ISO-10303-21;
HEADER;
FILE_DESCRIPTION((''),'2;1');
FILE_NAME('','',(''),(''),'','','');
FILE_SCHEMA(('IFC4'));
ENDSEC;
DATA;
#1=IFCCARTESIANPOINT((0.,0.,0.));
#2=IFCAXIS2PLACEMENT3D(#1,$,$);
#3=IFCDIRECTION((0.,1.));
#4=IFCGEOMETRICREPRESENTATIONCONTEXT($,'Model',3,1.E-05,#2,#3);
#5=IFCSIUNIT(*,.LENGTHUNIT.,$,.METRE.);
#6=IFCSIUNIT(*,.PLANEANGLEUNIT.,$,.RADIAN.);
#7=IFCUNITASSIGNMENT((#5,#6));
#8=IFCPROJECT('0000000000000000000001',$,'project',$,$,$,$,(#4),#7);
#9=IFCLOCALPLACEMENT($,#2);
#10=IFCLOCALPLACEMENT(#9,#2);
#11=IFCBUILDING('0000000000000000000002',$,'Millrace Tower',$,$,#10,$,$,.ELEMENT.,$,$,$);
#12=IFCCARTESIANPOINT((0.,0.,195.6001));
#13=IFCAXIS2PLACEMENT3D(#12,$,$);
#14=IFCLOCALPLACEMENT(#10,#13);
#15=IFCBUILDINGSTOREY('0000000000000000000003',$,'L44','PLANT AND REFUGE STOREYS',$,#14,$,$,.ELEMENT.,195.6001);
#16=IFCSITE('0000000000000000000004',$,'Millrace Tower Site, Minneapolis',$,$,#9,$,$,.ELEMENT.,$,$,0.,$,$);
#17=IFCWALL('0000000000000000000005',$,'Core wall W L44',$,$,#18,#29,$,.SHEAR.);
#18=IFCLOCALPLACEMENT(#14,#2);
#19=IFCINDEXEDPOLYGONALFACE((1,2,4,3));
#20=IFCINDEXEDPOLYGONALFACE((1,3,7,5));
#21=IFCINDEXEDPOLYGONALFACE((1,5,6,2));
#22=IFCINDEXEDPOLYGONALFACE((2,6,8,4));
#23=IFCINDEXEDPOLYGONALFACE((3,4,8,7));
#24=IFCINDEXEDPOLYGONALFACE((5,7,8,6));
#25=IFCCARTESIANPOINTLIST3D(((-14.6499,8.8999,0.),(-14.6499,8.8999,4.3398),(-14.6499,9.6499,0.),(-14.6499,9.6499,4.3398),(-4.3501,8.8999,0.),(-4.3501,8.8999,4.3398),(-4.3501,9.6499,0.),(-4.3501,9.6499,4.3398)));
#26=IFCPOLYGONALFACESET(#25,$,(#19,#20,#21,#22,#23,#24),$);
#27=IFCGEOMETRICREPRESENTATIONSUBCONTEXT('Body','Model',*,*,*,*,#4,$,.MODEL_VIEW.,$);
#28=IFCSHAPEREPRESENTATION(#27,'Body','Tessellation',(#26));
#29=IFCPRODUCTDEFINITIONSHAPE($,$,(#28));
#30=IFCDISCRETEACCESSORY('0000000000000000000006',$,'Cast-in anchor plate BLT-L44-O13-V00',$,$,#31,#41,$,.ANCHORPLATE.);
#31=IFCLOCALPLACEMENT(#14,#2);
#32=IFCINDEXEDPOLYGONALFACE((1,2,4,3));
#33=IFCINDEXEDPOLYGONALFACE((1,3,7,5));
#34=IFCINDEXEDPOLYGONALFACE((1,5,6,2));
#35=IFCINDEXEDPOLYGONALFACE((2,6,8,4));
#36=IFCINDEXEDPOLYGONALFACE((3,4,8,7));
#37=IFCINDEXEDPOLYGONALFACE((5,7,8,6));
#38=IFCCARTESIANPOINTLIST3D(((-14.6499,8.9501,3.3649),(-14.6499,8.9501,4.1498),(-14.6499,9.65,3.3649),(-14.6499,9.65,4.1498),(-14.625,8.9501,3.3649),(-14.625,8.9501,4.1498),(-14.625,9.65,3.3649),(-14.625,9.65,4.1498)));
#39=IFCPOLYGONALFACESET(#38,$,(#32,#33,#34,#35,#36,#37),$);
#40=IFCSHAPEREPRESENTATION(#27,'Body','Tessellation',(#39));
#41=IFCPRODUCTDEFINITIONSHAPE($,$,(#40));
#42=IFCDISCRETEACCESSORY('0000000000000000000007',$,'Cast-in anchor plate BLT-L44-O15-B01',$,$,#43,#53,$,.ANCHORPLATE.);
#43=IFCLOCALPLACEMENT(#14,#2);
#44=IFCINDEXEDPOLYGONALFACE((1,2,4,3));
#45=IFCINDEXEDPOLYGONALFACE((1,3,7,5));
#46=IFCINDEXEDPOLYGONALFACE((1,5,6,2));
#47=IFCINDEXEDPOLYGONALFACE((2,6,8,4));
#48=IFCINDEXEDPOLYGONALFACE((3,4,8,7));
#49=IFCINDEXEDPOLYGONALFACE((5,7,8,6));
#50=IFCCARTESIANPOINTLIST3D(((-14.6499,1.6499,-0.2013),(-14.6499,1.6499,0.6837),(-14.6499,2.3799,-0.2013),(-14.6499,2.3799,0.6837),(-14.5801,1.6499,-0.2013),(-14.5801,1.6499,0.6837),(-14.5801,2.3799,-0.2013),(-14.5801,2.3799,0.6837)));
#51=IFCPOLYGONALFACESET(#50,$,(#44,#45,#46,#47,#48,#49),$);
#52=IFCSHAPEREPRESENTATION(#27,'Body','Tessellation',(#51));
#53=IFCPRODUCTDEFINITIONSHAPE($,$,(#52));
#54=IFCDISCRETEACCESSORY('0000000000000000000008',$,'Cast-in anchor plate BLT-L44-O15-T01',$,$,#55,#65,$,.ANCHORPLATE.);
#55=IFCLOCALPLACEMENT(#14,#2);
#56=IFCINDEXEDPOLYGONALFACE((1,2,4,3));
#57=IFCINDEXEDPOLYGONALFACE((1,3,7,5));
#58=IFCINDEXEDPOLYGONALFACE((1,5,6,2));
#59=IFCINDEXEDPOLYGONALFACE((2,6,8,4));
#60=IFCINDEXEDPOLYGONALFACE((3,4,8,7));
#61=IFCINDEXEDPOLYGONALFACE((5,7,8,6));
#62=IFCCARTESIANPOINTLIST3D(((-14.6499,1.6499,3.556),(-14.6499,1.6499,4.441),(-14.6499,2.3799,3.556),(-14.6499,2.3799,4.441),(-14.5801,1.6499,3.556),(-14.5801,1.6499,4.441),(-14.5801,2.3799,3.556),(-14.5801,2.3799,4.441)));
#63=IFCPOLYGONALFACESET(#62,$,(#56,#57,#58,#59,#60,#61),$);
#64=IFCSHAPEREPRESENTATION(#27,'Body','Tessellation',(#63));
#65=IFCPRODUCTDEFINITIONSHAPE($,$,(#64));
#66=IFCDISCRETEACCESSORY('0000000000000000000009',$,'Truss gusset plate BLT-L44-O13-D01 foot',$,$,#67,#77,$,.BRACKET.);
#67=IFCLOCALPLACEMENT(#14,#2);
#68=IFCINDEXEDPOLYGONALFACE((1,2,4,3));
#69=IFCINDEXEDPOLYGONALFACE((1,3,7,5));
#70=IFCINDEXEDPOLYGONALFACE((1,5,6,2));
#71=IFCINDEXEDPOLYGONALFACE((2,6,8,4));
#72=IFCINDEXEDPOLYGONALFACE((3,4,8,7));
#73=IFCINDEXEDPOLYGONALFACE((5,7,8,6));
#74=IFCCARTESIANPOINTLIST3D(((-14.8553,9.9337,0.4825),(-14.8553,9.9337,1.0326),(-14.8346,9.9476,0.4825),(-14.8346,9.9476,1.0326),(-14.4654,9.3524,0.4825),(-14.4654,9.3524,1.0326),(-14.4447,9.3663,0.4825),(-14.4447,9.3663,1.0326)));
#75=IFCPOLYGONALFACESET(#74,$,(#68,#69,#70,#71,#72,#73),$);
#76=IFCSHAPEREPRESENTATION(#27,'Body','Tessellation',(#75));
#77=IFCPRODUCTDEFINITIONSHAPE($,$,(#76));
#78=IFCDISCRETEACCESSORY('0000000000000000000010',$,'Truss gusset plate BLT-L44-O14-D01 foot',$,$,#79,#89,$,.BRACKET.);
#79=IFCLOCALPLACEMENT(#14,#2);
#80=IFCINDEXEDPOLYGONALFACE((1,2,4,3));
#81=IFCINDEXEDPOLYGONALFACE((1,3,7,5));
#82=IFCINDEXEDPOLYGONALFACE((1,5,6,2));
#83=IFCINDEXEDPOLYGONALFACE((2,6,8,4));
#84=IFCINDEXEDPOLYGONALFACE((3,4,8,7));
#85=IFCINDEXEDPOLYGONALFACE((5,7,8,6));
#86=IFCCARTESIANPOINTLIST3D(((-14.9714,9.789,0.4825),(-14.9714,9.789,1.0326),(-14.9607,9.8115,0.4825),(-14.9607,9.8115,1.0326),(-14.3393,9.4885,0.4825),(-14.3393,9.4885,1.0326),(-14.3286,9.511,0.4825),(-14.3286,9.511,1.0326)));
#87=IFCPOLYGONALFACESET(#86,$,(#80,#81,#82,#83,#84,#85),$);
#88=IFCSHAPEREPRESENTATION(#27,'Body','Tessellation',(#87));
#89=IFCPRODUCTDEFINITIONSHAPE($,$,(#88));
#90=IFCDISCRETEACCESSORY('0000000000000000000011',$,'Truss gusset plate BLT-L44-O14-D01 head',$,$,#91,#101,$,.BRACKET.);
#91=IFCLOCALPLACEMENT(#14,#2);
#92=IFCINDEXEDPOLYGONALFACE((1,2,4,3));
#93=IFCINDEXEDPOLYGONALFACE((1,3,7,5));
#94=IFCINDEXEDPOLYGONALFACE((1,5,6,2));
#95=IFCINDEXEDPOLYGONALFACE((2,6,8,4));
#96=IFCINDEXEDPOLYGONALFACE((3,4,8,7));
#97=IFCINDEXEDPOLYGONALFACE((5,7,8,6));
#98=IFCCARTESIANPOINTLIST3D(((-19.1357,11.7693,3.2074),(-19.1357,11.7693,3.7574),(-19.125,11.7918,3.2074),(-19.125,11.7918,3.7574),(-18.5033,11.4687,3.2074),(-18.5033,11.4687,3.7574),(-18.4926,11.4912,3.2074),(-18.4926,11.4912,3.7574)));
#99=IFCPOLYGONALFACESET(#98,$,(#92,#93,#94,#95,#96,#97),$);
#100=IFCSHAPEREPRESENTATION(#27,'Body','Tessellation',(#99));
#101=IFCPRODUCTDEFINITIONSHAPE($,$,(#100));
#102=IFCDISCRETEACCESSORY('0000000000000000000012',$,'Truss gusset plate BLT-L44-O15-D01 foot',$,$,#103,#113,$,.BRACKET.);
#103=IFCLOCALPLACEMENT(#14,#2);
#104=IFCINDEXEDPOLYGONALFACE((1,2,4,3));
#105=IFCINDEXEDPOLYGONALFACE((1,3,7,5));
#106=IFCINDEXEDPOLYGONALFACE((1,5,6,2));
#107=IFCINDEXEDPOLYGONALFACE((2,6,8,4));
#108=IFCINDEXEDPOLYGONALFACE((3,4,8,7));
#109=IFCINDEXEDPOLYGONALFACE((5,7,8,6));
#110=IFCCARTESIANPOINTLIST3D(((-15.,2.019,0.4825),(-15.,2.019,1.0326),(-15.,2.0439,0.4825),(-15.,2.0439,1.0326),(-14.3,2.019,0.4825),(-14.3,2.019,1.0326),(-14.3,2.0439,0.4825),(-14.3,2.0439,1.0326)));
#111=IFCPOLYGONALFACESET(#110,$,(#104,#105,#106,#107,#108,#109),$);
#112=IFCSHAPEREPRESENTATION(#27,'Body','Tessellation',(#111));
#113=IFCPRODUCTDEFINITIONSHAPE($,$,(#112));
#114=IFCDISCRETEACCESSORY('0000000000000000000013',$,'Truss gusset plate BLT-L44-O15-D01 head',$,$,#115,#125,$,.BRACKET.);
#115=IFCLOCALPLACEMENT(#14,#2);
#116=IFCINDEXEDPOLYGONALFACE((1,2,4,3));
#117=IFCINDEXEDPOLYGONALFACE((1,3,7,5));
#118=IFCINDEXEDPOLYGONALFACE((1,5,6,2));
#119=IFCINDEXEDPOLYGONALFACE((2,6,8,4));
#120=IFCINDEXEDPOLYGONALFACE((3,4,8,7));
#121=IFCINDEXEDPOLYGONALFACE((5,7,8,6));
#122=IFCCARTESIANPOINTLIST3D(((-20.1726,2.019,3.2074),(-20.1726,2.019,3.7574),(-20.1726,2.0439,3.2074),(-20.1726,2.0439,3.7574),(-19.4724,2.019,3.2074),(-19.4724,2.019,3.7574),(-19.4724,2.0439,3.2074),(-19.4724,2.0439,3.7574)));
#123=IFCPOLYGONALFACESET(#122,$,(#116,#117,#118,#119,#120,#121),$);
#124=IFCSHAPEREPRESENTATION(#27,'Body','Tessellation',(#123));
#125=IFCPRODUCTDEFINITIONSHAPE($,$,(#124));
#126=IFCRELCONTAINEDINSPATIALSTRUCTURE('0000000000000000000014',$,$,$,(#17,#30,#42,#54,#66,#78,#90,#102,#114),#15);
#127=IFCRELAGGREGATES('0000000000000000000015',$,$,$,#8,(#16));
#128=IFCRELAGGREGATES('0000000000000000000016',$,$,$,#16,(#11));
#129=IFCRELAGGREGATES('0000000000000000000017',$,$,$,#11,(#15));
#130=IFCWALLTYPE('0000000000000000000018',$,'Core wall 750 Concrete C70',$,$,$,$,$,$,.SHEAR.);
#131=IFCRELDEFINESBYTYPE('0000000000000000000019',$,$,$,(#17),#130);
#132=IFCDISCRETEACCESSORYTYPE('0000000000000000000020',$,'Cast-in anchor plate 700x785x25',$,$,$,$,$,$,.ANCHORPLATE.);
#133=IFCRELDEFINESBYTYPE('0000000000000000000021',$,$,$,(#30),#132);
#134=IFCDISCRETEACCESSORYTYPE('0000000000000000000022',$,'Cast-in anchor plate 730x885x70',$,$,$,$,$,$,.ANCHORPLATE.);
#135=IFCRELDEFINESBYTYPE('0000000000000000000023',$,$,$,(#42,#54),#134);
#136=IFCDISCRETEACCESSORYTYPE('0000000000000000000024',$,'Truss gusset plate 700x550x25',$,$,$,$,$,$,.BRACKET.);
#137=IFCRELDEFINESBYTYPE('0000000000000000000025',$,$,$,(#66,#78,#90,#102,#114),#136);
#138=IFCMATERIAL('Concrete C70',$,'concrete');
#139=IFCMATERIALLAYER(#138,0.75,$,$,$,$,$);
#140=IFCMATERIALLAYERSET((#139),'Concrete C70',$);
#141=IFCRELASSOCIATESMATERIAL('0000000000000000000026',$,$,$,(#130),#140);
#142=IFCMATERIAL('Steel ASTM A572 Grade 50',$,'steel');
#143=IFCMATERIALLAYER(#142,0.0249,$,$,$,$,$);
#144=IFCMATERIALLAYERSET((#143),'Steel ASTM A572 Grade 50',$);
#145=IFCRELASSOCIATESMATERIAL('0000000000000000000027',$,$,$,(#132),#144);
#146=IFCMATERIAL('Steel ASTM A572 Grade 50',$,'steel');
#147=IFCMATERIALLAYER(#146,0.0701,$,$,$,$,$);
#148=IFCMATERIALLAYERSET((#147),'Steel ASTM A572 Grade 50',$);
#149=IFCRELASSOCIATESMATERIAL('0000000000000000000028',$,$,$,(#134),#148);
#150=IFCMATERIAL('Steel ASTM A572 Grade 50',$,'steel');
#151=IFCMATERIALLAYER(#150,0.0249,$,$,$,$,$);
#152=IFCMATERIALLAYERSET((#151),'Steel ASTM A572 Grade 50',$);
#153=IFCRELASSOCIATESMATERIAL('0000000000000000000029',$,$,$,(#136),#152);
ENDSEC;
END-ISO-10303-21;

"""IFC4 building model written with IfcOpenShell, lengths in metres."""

from ifc_helpers import new_model, si_unit, direction, frame, frame_2d, origin, origin_2d, place, context, subcontext, project, spatial, rectangle, extrude, material, layer, layer_set, type_object, element, save


model = new_model("IFC4")

# Units and contexts
model_context = context("Model", 3, precision=1e-05, world=origin(), true_north=direction((0.0, 1.0)))
body_context = subcontext(model_context, "Body", "Model", "MODEL_VIEW")
ifc_project = project(units=[si_unit("LENGTHUNIT", "METRE"), si_unit("PLANEANGLEUNIT", "RADIAN")], contexts=[model_context])

# Site, building, storey
site_placement = place(None, origin())
site = spatial("IfcSite", under=ifc_project, at=site_placement, Name="Millrace Tower Site, Minneapolis", CompositionType="ELEMENT", RefElevation=0.0)
building_placement = place(site_placement, origin())
building = spatial("IfcBuilding", under=site, at=building_placement, Name="Millrace Tower", CompositionType="ELEMENT")
storey_placement = place(building_placement, frame((0.0, 0.0, 195.6001)))
storey = spatial("IfcBuildingStorey", under=building, at=storey_placement, Name="L44", Description="PLANT AND REFUGE STOREYS", CompositionType="ELEMENT", Elevation=195.6001)

# Wall
ifc_material_1 = material(Name="Concrete C70", Category="concrete")
ifc_layer_1 = layer(ifc_material_1, 0.75)
ifc_layer_set_1 = layer_set([ifc_layer_1], Name="Concrete C70")
wall_type = type_object("IfcWallType", Name="Core wall 750 Concrete C70", PredefinedType="SHEAR", material=ifc_layer_set_1)
wall_placement = place(storey_placement, frame((-14.6499, 9.2749, 0.0), z_axis=(0.0, 0.0, 1.0), x_axis=(1.0, 0.0, 0.0)))
element("IfcWall", 1, at=wall_placement, inside=storey, type_object=wall_type, Name="Core wall W L44", PredefinedType="SHEAR", context=body_context, shape_type="SweptSolid", body=[
    extrude(rectangle(XDim=10.2998, YDim=0.75, at=frame_2d((5.1499, 0.0))), origin(), (0.0, 0.0, 1.0), 4.3398),
])

# Discrete accessories
ifc_material_2 = material(Name="Steel ASTM A572 Grade 50", Category="steel")
ifc_layer_2 = layer(ifc_material_2, 0.0249)
ifc_layer_set_2 = layer_set([ifc_layer_2], Name="Steel ASTM A572 Grade 50")
discrete_accessory_type_1 = type_object("IfcDiscreteAccessoryType", Name="Cast-in anchor plate 700x785x25", PredefinedType="ANCHORPLATE", material=ifc_layer_set_2)
discrete_accessory_1_placement = place(storey_placement, frame((-14.625, 9.3, 3.7573), z_axis=(-1.0, 0.0, 0.0), x_axis=(0.0, -1.0, 0.0)))
element("IfcDiscreteAccessory", 2, at=discrete_accessory_1_placement, inside=storey, type_object=discrete_accessory_type_1, Name="Cast-in anchor plate BLT-L44-O13-V00", PredefinedType="ANCHORPLATE", context=body_context, shape_type="SweptSolid", body=[
    extrude(rectangle(XDim=0.7, YDim=0.7849, at=origin_2d()), origin(), (0.0, 0.0, 1.0), 0.0249),
])
ifc_material_3 = material(Name="Steel ASTM A572 Grade 50", Category="steel")
ifc_layer_3 = layer(ifc_material_3, 0.0701)
ifc_layer_set_3 = layer_set([ifc_layer_3], Name="Steel ASTM A572 Grade 50")
discrete_accessory_type_2 = type_object("IfcDiscreteAccessoryType", Name="Cast-in anchor plate 730x885x70", PredefinedType="ANCHORPLATE", material=ifc_layer_set_3)
for number, where, z_axis, x_axis, name in (
    (3, (-14.5801, 2.0149, 0.2412), (-1.0, 0.0, 0.0), (0.0, -1.0, 0.0), "Cast-in anchor plate BLT-L44-O15-B01"),
    (4, (-14.5801, 2.0149, 3.9985), (-1.0, 0.0, 0.0), (0.0, -1.0, 0.0), "Cast-in anchor plate BLT-L44-O15-T01"),
):
    element("IfcDiscreteAccessory", number, at=place(storey_placement, frame(where, z_axis=z_axis, x_axis=x_axis)), inside=storey, type_object=discrete_accessory_type_2, Name=name, PredefinedType="ANCHORPLATE", context=body_context, shape_type="SweptSolid", body=[
        extrude(rectangle(XDim=0.73, YDim=0.885, at=origin_2d()), origin(), (0.0, 0.0, 1.0), 0.0698),
    ])
ifc_material_4 = material(Name="Steel ASTM A572 Grade 50", Category="steel")
ifc_layer_4 = layer(ifc_material_4, 0.0249)
ifc_layer_set_4 = layer_set([ifc_layer_4], Name="Steel ASTM A572 Grade 50")
discrete_accessory_type_3 = type_object("IfcDiscreteAccessoryType", Name="Truss gusset plate 700x550x25", PredefinedType="BRACKET", material=ifc_layer_set_4)
for number, where, z_axis, x_axis, name in (
    (5, (-14.845, 9.9407, 0.7576), (0.557032, -0.830491, 0.0), (0.830491, 0.557032, 0.0), "Truss gusset plate BLT-L44-O13-D01 foot"),
    (6, (-14.9661, 9.8003, 0.7576), (0.903112, -0.429405, 0.0), (0.429405, 0.903112, 0.0), "Truss gusset plate BLT-L44-O14-D01 foot"),
):
    element("IfcDiscreteAccessory", number, at=place(storey_placement, frame(where, z_axis=z_axis, x_axis=x_axis)), inside=storey, type_object=discrete_accessory_type_3, Name=name, PredefinedType="BRACKET", context=body_context, shape_type="SweptSolid", body=[
        extrude(rectangle(XDim=0.0249, YDim=0.55, at=origin_2d()), origin(), (0.0, 0.0, 1.0), 0.7),
    ])
discrete_accessory_2_placement = place(storey_placement, frame((-19.1304, 11.7805, 3.4824), z_axis=(0.903176, -0.42927, 0.0), x_axis=(0.42927, 0.903176, 0.0)))
element("IfcDiscreteAccessory", 7, at=discrete_accessory_2_placement, inside=storey, type_object=discrete_accessory_type_3, Name="Truss gusset plate BLT-L44-O14-D01 head", PredefinedType="BRACKET", context=body_context, shape_type="SweptSolid", body=[
    extrude(rectangle(XDim=0.0249, YDim=0.55, at=origin_2d()), origin(), (0.0, 0.0, 1.0), 0.7002),
])
discrete_accessory_3_placement = place(storey_placement, frame((-15.0, 2.0315, 0.7576), z_axis=(1.0, 0.0, 0.0), x_axis=(0.0, 1.0, 0.0)))
element("IfcDiscreteAccessory", 8, at=discrete_accessory_3_placement, inside=storey, type_object=discrete_accessory_type_3, Name="Truss gusset plate BLT-L44-O15-D01 foot", PredefinedType="BRACKET", context=body_context, shape_type="SweptSolid", body=[
    extrude(rectangle(XDim=0.0249, YDim=0.55, at=origin_2d()), origin(), (0.0, 0.0, 1.0), 0.7),
])
discrete_accessory_4_placement = place(storey_placement, frame((-20.1726, 2.0315, 3.4824), z_axis=(1.0, 0.0, 0.0), x_axis=(0.0, 1.0, 0.0)))
element("IfcDiscreteAccessory", 9, at=discrete_accessory_4_placement, inside=storey, type_object=discrete_accessory_type_3, Name="Truss gusset plate BLT-L44-O15-D01 head", PredefinedType="BRACKET", context=body_context, shape_type="SweptSolid", body=[
    extrude(rectangle(XDim=0.0249, YDim=0.55, at=origin_2d()), origin(), (0.0, 0.0, 1.0), 0.7002),
])

save(model, "model.ifc")
